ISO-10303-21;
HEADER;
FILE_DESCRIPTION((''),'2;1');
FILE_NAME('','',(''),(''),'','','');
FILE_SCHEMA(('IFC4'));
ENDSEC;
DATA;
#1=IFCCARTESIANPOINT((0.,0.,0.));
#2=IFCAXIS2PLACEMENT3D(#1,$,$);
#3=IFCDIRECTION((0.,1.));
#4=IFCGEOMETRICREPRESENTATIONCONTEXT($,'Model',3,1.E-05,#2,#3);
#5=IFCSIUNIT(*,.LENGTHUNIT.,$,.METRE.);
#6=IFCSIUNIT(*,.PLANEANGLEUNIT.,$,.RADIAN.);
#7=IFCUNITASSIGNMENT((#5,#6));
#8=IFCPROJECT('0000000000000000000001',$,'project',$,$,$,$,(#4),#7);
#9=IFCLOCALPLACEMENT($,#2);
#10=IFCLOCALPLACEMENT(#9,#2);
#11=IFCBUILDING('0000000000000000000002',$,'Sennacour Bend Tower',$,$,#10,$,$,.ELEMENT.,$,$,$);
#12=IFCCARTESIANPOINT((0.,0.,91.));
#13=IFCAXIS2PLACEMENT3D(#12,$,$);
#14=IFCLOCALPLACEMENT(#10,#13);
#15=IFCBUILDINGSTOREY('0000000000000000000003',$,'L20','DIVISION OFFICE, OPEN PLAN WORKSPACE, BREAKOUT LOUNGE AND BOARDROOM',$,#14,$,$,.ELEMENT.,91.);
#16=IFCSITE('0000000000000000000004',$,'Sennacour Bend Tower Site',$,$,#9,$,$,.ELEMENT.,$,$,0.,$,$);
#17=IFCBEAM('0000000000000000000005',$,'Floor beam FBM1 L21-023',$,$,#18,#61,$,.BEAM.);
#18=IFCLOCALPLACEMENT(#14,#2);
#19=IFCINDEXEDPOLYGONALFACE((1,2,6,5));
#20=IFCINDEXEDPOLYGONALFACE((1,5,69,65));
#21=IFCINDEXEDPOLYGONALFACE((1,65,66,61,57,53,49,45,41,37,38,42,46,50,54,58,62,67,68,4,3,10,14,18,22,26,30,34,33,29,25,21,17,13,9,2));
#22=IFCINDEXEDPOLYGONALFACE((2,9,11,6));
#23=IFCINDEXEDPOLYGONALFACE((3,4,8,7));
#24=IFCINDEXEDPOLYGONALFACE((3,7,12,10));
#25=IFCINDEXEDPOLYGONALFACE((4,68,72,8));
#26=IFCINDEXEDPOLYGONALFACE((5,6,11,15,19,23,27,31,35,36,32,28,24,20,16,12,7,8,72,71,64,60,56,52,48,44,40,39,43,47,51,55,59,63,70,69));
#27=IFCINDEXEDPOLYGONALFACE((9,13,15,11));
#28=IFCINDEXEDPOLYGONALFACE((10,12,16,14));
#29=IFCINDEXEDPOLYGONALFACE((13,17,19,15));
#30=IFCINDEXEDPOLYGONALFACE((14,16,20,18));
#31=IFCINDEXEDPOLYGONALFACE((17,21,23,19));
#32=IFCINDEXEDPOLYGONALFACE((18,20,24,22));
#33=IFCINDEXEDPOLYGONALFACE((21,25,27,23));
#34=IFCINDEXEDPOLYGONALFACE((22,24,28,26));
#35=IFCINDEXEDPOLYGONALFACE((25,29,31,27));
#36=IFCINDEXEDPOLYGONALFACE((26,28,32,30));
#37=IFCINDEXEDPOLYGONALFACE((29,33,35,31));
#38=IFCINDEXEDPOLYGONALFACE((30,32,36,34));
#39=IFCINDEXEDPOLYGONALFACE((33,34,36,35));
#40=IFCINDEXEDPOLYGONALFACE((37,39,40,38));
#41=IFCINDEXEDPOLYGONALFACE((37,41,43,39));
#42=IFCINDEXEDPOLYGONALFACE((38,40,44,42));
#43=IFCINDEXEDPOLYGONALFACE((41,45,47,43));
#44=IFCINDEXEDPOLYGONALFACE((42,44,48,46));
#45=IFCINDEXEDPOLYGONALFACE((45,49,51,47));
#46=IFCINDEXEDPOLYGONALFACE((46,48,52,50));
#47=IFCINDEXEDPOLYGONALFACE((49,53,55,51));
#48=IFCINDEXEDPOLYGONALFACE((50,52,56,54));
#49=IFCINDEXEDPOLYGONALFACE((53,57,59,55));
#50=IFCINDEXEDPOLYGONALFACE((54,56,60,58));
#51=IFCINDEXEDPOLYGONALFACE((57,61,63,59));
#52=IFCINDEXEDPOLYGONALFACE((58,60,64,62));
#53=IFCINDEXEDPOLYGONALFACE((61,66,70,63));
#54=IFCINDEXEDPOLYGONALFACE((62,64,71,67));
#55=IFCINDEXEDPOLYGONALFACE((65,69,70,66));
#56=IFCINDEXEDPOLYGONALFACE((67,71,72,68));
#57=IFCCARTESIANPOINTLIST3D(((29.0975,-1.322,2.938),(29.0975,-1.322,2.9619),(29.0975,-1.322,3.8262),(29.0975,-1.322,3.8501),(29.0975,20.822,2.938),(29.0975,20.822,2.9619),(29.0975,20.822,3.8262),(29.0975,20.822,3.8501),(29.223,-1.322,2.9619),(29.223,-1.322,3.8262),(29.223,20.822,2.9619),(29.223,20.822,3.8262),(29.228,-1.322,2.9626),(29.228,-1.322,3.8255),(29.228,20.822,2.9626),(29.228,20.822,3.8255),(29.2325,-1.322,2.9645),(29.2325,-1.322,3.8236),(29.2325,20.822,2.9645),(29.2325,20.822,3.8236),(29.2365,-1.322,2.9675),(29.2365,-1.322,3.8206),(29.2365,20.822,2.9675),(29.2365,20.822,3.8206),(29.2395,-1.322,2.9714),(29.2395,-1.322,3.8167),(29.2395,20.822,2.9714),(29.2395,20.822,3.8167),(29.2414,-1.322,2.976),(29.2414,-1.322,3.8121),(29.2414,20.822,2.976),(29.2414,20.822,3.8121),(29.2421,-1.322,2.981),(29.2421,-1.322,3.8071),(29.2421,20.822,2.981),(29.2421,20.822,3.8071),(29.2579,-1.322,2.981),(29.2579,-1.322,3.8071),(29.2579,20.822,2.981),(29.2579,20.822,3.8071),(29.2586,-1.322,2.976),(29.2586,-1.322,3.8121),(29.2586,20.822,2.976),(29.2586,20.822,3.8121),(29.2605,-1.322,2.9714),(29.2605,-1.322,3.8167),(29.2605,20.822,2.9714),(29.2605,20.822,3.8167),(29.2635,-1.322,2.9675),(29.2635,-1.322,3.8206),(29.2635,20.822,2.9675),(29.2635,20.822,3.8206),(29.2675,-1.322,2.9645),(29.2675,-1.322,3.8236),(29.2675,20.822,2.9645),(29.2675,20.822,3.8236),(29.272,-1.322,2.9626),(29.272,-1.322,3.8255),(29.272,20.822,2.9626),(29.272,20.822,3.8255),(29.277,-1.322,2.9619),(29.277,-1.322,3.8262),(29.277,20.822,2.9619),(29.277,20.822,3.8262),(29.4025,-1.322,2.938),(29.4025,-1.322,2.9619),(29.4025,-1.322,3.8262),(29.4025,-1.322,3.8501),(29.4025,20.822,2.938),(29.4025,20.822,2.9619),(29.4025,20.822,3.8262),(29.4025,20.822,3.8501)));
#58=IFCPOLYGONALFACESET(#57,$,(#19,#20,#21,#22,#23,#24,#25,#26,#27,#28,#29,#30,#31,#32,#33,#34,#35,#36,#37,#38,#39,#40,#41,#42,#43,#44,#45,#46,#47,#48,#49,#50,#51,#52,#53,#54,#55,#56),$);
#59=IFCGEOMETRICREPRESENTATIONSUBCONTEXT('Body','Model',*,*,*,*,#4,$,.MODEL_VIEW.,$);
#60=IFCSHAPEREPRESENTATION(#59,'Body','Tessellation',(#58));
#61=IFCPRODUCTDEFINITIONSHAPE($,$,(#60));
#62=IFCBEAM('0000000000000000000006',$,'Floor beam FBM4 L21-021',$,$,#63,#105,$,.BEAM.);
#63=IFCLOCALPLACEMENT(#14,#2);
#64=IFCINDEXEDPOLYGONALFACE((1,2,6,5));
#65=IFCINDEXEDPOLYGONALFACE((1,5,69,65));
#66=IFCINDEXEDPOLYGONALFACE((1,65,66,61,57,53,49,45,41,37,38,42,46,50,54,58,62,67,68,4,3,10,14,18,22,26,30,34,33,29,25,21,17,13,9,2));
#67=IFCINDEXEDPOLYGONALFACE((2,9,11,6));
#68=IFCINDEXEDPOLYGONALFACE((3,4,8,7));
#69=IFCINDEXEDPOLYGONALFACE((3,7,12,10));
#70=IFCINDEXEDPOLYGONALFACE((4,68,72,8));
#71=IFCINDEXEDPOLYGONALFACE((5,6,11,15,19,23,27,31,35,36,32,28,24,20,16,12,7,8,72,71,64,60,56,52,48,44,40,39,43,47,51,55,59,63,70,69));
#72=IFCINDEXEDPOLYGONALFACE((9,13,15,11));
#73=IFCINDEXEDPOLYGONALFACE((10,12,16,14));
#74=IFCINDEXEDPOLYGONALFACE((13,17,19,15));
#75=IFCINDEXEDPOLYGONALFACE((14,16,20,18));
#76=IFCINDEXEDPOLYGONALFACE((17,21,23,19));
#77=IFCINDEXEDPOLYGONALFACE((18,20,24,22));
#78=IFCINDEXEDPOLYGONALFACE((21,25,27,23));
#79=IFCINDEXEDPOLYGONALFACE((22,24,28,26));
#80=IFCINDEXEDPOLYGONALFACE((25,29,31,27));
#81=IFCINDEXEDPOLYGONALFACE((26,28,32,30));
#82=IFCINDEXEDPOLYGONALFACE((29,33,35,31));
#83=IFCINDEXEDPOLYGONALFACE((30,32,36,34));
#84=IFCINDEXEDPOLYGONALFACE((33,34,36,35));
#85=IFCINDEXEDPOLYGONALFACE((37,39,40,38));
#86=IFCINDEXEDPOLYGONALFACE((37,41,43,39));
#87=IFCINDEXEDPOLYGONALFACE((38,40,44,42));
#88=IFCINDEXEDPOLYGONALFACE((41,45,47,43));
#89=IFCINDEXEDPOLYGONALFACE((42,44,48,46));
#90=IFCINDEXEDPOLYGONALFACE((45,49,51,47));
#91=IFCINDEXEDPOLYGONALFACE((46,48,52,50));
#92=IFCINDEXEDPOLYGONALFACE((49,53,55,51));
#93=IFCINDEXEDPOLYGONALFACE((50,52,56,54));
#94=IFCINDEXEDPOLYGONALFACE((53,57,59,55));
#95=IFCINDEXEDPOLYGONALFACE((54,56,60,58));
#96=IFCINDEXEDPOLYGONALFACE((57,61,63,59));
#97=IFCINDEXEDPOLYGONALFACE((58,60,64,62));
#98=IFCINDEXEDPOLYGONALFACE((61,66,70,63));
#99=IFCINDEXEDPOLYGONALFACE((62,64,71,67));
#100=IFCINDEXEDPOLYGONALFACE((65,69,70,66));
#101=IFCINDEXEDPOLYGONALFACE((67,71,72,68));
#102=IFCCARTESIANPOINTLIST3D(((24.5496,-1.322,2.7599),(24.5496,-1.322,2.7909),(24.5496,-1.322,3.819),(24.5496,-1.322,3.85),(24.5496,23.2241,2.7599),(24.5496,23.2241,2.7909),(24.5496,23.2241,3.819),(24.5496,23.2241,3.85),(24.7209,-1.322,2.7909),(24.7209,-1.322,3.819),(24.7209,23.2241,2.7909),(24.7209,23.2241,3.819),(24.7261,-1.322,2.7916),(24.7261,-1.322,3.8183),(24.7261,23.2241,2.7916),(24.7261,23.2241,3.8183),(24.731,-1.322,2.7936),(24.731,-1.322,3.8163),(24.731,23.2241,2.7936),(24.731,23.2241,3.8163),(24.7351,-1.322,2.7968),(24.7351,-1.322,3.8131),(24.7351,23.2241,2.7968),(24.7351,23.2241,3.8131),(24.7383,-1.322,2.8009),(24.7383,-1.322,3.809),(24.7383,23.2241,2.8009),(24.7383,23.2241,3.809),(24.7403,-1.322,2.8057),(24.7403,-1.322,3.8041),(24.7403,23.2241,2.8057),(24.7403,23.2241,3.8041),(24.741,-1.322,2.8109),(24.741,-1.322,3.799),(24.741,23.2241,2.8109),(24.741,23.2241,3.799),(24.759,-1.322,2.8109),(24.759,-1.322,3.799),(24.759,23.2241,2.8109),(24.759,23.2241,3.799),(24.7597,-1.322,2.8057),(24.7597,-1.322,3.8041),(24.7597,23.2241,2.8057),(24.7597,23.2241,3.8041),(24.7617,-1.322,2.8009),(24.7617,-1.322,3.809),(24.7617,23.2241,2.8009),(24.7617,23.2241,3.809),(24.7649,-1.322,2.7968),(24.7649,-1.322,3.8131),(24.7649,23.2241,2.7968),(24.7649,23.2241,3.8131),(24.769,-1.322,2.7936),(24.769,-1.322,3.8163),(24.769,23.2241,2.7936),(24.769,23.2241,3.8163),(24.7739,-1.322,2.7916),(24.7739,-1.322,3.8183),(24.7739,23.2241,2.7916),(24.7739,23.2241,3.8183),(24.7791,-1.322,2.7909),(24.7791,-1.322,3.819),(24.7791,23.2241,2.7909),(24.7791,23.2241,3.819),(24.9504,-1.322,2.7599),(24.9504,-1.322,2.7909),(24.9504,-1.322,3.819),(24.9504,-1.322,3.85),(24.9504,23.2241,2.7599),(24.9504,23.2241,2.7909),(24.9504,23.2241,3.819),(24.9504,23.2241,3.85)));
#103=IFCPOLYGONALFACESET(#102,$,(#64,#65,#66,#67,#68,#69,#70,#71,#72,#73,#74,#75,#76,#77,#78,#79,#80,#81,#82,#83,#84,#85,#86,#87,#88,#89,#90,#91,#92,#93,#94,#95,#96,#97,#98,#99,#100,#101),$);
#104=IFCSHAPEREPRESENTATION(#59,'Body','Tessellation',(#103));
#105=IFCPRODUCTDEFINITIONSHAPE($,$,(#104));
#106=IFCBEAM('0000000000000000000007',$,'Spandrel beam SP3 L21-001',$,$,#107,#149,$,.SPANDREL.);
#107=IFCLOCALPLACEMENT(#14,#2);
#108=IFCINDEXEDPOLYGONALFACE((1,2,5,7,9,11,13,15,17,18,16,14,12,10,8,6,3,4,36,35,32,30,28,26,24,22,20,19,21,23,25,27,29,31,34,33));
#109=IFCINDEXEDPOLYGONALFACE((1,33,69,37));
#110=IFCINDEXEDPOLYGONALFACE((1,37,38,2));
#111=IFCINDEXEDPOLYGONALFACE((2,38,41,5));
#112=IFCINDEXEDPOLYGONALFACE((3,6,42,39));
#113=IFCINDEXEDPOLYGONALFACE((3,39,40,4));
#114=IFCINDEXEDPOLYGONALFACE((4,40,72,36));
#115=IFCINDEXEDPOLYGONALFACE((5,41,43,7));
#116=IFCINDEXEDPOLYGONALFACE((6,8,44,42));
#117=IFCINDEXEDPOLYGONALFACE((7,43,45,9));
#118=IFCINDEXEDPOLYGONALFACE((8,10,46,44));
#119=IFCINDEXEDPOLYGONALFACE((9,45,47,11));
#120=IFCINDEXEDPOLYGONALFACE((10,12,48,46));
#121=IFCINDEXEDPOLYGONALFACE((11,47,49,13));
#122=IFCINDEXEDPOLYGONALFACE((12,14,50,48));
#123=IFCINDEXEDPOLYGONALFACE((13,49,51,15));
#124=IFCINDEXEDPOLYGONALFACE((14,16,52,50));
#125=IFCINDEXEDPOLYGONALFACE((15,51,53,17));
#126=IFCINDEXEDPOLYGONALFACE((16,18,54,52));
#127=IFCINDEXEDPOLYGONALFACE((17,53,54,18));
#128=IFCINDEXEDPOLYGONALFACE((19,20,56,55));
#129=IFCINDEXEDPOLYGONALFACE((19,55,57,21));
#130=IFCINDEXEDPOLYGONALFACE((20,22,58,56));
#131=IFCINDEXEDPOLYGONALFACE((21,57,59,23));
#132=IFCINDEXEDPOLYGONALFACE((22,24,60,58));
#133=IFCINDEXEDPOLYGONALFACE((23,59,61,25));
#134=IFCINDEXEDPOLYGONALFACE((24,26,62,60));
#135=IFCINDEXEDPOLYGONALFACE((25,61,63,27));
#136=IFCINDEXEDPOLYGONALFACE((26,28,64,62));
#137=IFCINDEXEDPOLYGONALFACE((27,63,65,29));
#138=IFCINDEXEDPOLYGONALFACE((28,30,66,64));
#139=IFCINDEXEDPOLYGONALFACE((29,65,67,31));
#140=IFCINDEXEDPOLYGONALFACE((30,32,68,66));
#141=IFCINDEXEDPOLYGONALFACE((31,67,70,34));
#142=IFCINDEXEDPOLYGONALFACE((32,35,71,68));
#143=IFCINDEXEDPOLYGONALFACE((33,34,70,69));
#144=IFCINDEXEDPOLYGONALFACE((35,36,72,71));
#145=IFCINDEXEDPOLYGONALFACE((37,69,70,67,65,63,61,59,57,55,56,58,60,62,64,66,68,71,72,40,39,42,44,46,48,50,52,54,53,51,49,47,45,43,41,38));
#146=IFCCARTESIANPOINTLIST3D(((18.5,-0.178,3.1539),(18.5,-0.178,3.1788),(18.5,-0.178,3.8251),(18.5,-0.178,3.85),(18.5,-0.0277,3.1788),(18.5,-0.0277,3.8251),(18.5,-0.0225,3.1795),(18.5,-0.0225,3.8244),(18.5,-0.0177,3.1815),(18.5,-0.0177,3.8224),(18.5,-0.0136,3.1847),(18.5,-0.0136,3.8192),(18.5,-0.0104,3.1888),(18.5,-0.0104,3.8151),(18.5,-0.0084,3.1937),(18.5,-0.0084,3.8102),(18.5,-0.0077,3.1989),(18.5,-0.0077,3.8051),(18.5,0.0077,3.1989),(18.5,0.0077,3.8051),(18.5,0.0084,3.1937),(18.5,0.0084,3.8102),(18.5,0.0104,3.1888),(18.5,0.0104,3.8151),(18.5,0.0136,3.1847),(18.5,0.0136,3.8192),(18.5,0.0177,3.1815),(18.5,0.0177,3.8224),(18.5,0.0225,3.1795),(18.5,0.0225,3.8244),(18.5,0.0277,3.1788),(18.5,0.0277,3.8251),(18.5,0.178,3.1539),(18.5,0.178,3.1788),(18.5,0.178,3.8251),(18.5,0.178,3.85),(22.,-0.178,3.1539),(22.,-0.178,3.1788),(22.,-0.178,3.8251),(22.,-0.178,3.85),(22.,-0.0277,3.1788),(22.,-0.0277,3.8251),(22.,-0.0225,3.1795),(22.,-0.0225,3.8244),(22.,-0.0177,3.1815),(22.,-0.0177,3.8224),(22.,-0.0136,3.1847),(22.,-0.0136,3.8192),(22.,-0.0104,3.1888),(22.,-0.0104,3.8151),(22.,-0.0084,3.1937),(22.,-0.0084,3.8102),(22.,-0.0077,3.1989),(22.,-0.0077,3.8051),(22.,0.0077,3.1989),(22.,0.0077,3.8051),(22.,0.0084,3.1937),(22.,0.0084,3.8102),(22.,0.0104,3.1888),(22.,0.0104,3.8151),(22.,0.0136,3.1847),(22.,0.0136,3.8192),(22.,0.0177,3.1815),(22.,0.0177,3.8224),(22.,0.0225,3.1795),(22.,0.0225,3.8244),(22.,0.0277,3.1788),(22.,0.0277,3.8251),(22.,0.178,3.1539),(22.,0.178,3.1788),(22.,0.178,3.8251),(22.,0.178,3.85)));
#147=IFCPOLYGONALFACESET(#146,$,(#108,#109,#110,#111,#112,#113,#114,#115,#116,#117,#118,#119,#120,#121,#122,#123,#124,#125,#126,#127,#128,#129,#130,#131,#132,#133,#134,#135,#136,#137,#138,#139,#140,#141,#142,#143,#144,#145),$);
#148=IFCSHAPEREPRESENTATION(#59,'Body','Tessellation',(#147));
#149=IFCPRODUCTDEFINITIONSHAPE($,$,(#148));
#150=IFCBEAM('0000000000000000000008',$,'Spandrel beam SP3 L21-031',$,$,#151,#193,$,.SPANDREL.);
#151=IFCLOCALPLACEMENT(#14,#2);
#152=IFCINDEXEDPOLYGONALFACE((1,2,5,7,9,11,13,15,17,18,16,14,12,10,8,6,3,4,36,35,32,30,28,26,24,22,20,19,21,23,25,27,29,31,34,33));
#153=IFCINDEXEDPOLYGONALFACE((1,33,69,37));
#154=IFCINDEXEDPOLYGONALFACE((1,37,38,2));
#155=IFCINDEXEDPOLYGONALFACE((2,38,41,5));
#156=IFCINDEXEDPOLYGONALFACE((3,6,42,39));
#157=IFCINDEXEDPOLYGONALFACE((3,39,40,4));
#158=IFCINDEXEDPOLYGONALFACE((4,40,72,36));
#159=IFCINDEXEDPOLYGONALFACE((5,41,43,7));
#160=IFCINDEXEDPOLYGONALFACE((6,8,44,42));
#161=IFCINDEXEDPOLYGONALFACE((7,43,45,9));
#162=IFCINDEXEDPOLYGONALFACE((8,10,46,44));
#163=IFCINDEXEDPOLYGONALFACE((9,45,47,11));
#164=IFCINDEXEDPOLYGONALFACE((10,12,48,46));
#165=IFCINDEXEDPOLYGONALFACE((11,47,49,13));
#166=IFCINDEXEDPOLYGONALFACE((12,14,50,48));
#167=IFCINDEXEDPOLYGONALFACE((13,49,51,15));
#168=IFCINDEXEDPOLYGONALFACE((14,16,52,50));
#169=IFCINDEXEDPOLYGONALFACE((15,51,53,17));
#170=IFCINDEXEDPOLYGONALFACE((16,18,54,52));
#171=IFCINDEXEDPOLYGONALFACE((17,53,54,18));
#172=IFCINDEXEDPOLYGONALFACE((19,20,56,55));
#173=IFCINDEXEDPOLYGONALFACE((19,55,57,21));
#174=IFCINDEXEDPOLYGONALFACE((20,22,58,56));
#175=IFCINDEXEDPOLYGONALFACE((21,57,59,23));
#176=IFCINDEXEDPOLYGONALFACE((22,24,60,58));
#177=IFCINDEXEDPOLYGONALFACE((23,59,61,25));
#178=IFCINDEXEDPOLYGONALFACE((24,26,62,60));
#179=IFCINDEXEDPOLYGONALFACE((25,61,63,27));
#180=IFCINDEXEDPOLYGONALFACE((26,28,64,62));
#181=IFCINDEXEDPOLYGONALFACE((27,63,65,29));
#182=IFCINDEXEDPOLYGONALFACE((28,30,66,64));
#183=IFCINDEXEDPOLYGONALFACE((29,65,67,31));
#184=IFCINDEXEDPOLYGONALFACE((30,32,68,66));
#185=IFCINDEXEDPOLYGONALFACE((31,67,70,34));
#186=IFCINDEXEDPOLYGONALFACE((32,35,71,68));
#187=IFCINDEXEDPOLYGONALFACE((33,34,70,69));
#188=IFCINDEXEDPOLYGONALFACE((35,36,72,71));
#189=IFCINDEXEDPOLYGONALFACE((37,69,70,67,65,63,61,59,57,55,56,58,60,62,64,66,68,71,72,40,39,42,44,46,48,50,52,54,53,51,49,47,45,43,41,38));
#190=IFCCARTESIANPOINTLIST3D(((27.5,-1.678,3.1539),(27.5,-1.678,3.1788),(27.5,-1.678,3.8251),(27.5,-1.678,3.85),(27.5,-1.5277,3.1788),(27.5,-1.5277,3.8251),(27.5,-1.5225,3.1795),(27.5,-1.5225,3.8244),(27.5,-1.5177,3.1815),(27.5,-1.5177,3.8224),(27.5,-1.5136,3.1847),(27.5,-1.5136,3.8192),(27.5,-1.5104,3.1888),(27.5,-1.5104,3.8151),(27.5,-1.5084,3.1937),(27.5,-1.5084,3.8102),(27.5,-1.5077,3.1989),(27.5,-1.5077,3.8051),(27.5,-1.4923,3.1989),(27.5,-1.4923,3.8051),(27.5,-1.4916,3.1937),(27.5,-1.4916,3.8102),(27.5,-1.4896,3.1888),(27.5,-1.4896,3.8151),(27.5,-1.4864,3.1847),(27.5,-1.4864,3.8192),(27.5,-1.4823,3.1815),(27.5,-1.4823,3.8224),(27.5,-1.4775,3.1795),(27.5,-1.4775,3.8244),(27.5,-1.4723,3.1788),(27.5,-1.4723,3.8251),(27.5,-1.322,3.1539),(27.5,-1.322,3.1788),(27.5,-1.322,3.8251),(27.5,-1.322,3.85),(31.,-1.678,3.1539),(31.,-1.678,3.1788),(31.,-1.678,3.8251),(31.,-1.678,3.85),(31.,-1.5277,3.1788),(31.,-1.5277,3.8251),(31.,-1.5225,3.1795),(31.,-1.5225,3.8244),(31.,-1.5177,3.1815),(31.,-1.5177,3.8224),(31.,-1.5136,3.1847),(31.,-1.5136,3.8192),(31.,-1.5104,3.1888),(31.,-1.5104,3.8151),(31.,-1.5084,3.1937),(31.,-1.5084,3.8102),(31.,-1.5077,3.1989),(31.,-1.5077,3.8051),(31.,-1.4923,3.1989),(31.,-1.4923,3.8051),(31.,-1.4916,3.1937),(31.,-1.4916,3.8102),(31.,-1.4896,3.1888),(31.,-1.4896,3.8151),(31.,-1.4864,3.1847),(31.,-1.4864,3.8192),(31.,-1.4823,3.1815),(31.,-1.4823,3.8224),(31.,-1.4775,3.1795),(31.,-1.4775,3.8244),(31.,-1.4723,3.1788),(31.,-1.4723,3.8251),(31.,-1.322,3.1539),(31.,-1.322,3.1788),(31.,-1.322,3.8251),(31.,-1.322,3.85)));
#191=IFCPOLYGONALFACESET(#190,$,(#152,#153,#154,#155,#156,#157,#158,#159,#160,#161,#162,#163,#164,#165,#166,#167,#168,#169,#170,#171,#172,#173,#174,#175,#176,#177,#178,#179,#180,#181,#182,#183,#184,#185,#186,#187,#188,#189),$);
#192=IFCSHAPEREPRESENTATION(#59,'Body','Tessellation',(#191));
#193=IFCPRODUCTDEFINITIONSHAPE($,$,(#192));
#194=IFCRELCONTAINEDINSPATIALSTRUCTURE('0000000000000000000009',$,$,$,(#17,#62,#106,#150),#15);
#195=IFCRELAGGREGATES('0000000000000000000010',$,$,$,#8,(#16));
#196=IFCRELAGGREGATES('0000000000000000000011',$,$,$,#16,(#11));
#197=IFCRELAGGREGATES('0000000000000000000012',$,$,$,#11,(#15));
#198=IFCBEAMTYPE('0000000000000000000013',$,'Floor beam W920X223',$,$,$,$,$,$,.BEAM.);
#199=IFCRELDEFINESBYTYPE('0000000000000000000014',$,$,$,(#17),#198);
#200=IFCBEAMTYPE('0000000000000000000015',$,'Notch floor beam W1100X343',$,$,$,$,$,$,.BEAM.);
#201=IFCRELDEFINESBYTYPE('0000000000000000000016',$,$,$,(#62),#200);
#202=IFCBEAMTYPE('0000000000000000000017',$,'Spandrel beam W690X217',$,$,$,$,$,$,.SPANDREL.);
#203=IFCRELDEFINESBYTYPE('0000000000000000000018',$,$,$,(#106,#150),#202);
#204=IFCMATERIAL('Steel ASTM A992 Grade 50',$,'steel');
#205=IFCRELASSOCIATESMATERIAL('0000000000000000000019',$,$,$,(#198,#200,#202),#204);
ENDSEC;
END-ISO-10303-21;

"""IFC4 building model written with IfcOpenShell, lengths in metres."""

from ifc_helpers import new_model, si_unit, direction, frame, origin, origin_2d, place, context, subcontext, project, spatial, i_section, extrude, material, material_profile, profile_set, type_object, element, save


model = new_model("IFC4")

# Units and contexts
model_context = context("Model", 3, precision=1e-05, world=origin(), true_north=direction((0.0, 1.0)))
body_context = subcontext(model_context, "Body", "Model", "MODEL_VIEW")
ifc_project = project(units=[si_unit("LENGTHUNIT", "METRE"), si_unit("PLANEANGLEUNIT", "RADIAN")], contexts=[model_context])

# Site, building, storey
site_placement = place(None, origin())
site = spatial("IfcSite", under=ifc_project, at=site_placement, Name="Sennacour Bend Tower Site", CompositionType="ELEMENT", RefElevation=0.0)
building_placement = place(site_placement, origin())
building = spatial("IfcBuilding", under=site, at=building_placement, Name="Sennacour Bend Tower", CompositionType="ELEMENT")
storey_placement = place(building_placement, frame((0.0, 0.0, 91.0)))
storey = spatial("IfcBuildingStorey", under=building, at=storey_placement, Name="L20", Description="DIVISION OFFICE, OPEN PLAN WORKSPACE, BREAKOUT LOUNGE AND BOARDROOM", CompositionType="ELEMENT", Elevation=91.0)

# Beams
ifc_material_1 = material(Name="Steel ASTM A992 Grade 50", Category="steel")
ifc_material_profile_1 = material_profile(ifc_material_1, i_section(OverallWidth=0.3049, OverallDepth=0.9121, WebThickness=0.0159, FlangeThickness=0.0239, FilletRadius=0.019, at=origin_2d()), Name="Steel ASTM A992 Grade 50", Category="steel")
ifc_profile_set_1 = profile_set([ifc_material_profile_1], Name="Steel ASTM A992 Grade 50")
beam_type_1 = type_object("IfcBeamType", Name="Floor beam W920X223", PredefinedType="BEAM", material=ifc_profile_set_1)
beam_1_placement = place(storey_placement, frame((29.25, -1.322, 3.394), z_axis=(0.0, 1.0, 0.0), x_axis=(-1.0, 0.0, 0.0)))
element("IfcBeam", 1, at=beam_1_placement, inside=storey, type_object=beam_type_1, Name="Floor beam FBM1 L21-023", PredefinedType="BEAM", context=body_context, shape_type="SweptSolid", body=[
    extrude(i_section(OverallWidth=0.3049, OverallDepth=0.9121, WebThickness=0.0159, FlangeThickness=0.0239, FilletRadius=0.019, at=origin_2d()), origin(), (0.0, 0.0, 1.0), 22.144),
])
ifc_material_profile_2 = material_profile(ifc_material_1, i_section(OverallWidth=0.4009, OverallDepth=1.0901, WebThickness=0.0181, FlangeThickness=0.031, FilletRadius=0.02, at=origin_2d()), Name="Steel ASTM A992 Grade 50", Category="steel")
ifc_profile_set_2 = profile_set([ifc_material_profile_2], Name="Steel ASTM A992 Grade 50")
beam_type_2 = type_object("IfcBeamType", Name="Notch floor beam W1100X343", PredefinedType="BEAM", material=ifc_profile_set_2)
beam_2_placement = place(storey_placement, frame((24.75, -1.322, 3.3049), z_axis=(0.0, 1.0, 0.0), x_axis=(-1.0, 0.0, 0.0)))
element("IfcBeam", 2, at=beam_2_placement, inside=storey, type_object=beam_type_2, Name="Floor beam FBM4 L21-021", PredefinedType="BEAM", context=body_context, shape_type="SweptSolid", body=[
    extrude(i_section(OverallWidth=0.4009, OverallDepth=1.0901, WebThickness=0.0181, FlangeThickness=0.031, FilletRadius=0.02, at=origin_2d()), origin(), (0.0, 0.0, 1.0), 24.5461),
])
ifc_material_profile_3 = material_profile(ifc_material_1, i_section(OverallWidth=0.356, OverallDepth=0.696, WebThickness=0.0154, FlangeThickness=0.0249, FilletRadius=0.02, at=origin_2d()), Name="Steel ASTM A992 Grade 50", Category="steel")
ifc_profile_set_3 = profile_set([ifc_material_profile_3], Name="Steel ASTM A992 Grade 50")
beam_type_3 = type_object("IfcBeamType", Name="Spandrel beam W690X217", PredefinedType="SPANDREL", material=ifc_profile_set_3)
for number, where, z_axis, x_axis, name in (
    (3, (22.0, 0.0, 3.502), (-1.0, 0.0, 0.0), (0.0, -1.0, 0.0), "Spandrel beam SP3 L21-001"),
    (4, (31.0, -1.5, 3.502), (-1.0, 0.0, 0.0), (0.0, -1.0, 0.0), "Spandrel beam SP3 L21-031"),
):
    element("IfcBeam", number, at=place(storey_placement, frame(where, z_axis=z_axis, x_axis=x_axis)), inside=storey, type_object=beam_type_3, Name=name, PredefinedType="SPANDREL", context=body_context, shape_type="SweptSolid", body=[
        extrude(i_section(OverallWidth=0.356, OverallDepth=0.696, WebThickness=0.0154, FlangeThickness=0.0249, FilletRadius=0.02, at=origin_2d()), origin(), (0.0, 0.0, 1.0), 3.5),
    ])

save(model, "model.ifc")
